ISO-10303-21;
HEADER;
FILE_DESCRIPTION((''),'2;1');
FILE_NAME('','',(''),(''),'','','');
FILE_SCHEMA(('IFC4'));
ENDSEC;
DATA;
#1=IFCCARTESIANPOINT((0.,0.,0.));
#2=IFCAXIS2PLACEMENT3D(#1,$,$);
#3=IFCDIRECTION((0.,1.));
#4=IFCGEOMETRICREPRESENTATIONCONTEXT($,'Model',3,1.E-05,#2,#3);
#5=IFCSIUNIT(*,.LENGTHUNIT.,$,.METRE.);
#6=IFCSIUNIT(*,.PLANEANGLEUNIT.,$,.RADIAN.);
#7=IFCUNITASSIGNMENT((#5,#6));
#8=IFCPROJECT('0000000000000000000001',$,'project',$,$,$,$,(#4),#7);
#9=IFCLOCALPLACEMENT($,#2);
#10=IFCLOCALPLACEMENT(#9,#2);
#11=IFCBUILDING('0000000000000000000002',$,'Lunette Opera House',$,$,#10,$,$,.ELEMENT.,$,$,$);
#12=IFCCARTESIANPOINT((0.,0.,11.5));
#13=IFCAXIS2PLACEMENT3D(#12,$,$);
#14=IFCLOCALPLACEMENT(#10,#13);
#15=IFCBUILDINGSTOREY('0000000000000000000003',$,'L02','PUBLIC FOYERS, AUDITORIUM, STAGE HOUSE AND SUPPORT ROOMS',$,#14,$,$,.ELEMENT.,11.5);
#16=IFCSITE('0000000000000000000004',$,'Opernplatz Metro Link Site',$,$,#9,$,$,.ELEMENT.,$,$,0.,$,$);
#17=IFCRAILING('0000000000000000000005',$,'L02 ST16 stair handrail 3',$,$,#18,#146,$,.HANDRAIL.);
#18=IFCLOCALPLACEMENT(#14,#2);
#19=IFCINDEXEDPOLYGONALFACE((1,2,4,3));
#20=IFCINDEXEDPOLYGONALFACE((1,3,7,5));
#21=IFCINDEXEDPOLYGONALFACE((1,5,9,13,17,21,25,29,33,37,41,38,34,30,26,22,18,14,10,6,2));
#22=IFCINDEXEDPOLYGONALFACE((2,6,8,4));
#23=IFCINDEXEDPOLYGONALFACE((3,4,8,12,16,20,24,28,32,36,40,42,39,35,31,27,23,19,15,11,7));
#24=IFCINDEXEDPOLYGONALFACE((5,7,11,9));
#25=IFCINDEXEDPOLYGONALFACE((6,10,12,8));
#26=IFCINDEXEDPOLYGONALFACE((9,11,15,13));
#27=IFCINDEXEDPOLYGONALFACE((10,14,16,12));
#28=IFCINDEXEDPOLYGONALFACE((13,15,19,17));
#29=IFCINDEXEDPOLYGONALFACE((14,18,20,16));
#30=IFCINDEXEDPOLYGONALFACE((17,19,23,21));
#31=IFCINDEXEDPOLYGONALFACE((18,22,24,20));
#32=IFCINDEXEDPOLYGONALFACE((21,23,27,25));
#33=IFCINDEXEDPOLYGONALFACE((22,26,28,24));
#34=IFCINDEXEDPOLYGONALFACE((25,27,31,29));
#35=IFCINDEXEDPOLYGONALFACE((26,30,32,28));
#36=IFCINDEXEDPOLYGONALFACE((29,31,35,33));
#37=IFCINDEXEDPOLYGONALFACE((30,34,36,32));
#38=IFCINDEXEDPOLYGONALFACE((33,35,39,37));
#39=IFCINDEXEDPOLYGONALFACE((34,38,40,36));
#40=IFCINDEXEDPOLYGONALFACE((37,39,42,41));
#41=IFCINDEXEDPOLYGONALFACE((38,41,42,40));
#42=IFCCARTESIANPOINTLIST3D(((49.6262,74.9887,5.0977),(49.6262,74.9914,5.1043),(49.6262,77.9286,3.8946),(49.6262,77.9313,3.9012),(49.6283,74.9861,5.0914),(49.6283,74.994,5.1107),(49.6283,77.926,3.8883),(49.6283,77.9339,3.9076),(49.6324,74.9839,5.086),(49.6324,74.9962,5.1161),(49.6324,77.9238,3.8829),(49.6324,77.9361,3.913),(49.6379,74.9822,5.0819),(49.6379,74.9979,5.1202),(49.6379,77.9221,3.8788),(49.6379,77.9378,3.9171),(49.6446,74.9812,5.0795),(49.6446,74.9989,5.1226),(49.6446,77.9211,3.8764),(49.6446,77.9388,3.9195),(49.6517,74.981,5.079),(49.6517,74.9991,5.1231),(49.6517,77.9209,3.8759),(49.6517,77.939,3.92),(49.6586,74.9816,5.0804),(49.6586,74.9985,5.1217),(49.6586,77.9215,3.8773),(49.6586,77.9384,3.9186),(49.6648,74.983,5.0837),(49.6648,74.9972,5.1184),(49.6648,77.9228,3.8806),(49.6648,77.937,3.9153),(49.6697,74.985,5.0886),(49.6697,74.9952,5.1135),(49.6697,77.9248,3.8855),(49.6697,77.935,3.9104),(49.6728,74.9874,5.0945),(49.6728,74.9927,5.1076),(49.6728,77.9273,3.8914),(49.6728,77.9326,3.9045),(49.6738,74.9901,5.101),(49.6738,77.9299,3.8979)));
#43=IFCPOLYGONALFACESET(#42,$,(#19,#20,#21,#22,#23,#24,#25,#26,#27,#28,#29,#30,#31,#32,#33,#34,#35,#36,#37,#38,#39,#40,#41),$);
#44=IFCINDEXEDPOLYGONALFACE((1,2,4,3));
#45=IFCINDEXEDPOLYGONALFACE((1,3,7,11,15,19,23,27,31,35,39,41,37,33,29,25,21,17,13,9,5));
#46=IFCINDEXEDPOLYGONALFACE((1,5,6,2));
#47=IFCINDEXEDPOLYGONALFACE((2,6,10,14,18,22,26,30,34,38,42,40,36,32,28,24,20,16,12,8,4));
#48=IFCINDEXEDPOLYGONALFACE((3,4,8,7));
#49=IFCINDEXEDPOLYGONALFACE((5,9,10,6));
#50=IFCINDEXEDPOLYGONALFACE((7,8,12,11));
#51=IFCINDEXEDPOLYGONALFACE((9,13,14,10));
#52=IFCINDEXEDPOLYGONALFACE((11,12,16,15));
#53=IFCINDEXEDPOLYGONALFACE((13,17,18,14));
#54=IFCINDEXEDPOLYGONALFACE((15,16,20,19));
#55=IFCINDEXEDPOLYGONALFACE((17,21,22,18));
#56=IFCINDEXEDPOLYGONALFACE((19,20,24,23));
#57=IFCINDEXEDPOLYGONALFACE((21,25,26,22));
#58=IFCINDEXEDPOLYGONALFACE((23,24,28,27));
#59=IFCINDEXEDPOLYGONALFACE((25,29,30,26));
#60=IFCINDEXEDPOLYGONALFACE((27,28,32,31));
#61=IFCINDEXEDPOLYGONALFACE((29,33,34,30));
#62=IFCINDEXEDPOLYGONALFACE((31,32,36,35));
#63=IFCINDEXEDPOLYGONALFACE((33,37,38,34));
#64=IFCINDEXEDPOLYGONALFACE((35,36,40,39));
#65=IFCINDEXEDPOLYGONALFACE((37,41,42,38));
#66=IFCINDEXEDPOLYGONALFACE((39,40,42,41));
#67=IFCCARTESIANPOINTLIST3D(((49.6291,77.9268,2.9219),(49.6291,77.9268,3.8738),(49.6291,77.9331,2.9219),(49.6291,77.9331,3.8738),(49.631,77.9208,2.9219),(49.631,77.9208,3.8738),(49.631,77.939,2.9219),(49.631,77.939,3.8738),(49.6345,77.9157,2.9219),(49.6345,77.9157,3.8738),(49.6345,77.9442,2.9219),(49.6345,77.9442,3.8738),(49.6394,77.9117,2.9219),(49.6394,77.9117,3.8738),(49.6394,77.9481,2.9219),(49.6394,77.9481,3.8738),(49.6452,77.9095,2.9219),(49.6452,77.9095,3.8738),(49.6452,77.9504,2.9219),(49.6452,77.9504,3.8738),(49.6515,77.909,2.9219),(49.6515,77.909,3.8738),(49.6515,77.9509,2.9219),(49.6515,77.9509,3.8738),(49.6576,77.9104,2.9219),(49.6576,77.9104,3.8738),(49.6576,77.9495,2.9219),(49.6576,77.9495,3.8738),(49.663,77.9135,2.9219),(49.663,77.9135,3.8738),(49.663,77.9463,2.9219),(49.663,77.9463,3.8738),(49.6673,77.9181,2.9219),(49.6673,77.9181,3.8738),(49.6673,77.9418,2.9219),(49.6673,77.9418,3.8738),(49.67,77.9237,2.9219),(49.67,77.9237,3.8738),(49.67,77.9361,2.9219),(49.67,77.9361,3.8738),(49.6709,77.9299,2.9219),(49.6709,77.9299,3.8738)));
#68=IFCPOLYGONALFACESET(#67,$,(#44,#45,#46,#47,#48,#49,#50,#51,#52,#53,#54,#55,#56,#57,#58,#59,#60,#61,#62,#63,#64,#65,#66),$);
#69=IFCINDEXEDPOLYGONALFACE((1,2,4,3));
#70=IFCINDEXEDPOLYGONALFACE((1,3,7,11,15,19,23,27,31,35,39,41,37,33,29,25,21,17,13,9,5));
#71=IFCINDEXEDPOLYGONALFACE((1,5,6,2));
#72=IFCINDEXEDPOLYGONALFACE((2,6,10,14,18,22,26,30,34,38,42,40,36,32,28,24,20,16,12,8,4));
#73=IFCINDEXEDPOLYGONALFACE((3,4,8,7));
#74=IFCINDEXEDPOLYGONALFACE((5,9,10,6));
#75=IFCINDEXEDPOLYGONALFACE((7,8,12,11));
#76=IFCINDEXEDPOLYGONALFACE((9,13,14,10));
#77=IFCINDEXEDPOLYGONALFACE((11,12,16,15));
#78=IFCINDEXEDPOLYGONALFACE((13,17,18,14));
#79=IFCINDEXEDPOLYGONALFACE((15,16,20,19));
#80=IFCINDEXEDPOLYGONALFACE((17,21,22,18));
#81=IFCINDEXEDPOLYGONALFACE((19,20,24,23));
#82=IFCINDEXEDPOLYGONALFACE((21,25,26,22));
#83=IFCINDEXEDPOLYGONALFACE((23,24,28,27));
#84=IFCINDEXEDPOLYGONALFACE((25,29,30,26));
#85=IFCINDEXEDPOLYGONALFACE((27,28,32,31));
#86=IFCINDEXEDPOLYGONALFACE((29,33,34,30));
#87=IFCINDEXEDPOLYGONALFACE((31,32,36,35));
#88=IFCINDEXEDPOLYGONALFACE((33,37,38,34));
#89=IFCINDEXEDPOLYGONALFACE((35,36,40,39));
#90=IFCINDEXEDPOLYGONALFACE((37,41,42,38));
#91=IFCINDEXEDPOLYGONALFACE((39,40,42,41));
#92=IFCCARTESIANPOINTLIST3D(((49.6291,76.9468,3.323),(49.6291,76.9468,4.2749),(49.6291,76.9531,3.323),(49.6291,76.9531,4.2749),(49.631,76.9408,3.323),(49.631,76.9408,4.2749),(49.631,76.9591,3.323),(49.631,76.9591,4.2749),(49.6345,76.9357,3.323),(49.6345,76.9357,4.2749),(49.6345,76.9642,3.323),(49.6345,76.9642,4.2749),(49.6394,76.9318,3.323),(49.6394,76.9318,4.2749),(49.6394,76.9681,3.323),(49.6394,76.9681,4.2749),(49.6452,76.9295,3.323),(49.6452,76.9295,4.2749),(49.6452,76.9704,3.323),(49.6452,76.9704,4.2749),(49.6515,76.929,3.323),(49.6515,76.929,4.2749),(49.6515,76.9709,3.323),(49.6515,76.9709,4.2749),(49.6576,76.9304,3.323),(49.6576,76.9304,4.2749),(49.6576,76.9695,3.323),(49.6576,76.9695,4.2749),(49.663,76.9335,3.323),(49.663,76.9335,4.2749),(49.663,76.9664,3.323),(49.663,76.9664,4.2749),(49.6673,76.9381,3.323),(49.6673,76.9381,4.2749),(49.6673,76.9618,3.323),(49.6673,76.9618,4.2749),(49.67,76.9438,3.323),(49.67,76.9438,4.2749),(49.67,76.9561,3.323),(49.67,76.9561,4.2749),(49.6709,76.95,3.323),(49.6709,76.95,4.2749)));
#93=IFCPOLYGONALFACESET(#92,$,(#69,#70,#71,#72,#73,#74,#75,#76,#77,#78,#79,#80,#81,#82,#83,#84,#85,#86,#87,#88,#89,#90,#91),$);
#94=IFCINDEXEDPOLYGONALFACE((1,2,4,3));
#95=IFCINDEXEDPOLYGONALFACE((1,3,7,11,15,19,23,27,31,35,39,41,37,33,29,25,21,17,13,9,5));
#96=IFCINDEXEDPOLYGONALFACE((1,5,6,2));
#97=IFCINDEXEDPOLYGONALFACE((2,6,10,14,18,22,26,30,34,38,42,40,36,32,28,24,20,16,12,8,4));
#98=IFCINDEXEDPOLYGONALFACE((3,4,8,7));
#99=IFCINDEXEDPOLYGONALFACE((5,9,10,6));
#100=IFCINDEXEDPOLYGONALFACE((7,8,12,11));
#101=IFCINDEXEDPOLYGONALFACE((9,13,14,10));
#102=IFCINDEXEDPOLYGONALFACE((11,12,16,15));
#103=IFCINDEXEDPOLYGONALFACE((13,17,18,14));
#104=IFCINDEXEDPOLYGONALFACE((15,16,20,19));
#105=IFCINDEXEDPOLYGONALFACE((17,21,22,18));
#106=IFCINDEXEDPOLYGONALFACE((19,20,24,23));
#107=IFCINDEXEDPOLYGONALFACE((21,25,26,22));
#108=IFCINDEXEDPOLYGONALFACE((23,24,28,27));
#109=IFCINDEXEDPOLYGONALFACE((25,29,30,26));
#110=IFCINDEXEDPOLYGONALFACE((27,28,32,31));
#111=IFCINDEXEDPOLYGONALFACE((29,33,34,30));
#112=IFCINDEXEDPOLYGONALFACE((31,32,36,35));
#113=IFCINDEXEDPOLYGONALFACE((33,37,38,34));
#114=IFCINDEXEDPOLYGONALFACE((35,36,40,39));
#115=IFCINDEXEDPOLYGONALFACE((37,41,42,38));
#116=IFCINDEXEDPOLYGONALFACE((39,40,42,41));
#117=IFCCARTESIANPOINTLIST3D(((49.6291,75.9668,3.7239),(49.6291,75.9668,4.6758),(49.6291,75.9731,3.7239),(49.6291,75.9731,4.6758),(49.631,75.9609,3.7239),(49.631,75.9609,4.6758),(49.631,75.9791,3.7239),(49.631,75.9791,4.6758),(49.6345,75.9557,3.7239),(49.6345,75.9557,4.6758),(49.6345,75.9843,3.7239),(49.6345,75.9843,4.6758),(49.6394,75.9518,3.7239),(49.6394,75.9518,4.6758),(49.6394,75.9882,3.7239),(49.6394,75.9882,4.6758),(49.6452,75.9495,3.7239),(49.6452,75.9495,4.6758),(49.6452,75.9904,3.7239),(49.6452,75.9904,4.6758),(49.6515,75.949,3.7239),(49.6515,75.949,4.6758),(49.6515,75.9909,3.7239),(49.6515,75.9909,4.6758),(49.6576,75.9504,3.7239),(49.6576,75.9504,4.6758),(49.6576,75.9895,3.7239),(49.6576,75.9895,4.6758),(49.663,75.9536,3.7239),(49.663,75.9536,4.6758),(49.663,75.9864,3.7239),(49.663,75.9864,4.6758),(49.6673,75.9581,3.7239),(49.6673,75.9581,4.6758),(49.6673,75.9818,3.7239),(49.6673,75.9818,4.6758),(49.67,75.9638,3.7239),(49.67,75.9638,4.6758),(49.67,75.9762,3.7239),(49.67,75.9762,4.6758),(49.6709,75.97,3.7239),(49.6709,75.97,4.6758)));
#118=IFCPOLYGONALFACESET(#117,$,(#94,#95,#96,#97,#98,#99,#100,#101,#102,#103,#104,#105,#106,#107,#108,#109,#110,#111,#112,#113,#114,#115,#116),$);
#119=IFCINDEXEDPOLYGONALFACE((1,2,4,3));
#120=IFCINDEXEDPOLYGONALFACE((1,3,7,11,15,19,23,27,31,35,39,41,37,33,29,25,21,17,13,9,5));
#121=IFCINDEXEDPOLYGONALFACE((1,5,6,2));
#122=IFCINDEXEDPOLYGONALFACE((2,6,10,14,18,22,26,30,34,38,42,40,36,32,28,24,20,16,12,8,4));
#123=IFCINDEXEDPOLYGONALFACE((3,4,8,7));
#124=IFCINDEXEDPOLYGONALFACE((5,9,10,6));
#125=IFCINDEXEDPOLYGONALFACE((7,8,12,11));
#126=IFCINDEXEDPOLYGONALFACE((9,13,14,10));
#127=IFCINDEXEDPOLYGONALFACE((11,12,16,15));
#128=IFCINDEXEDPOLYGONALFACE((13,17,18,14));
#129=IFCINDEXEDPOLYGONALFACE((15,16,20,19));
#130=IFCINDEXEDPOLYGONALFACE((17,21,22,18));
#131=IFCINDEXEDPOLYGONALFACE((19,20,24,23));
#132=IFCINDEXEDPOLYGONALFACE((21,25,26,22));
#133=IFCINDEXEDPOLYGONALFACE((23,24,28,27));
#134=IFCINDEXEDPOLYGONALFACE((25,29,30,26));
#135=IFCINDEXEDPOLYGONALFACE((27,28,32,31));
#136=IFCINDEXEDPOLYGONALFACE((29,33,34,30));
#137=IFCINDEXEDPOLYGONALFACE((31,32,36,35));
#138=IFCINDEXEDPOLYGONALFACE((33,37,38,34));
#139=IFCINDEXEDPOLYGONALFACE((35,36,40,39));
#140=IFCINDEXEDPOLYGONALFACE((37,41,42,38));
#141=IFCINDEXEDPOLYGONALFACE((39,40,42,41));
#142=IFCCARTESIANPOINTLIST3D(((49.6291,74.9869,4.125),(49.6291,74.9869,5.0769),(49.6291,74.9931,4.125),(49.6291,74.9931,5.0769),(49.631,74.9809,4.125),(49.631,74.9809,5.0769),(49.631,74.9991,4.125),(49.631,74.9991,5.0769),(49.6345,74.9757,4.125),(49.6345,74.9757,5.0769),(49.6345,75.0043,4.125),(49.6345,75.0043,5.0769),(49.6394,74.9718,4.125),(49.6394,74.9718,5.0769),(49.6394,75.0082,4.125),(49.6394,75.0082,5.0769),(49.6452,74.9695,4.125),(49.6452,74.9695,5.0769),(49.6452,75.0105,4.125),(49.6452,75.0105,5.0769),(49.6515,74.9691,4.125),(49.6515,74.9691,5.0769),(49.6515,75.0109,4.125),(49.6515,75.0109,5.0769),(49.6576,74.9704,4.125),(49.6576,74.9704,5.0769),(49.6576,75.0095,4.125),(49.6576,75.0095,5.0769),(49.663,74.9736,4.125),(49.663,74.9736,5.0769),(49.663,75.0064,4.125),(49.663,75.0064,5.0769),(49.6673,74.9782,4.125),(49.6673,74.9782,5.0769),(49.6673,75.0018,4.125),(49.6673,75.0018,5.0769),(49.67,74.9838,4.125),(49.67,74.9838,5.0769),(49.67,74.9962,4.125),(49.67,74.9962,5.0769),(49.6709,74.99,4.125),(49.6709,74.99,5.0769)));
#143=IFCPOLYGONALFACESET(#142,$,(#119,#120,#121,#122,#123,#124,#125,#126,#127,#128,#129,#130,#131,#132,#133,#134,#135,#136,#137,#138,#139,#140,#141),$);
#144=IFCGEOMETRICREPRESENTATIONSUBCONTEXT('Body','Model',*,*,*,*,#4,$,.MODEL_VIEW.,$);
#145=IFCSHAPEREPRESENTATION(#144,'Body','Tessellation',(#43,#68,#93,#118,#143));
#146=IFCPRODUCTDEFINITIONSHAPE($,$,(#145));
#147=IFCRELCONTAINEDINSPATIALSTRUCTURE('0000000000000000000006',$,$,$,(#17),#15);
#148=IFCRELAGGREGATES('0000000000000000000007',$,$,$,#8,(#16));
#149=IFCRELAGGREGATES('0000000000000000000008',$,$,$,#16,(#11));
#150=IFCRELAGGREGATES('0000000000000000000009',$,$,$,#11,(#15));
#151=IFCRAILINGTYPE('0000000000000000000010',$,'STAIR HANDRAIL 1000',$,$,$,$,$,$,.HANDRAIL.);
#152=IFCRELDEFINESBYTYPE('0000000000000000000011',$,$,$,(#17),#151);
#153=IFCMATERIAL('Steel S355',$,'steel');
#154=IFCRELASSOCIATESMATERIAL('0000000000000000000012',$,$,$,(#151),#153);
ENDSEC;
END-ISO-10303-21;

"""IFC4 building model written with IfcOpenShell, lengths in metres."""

from ifc_helpers import new_model, si_unit, direction, frame, origin, origin_2d, place, context, subcontext, project, spatial, circle, extrude, material, type_object, element, save


model = new_model("IFC4")

# Units and contexts
model_context = context("Model", 3, precision=1e-05, world=origin(), true_north=direction((0.0, 1.0)))
body_context = subcontext(model_context, "Body", "Model", "MODEL_VIEW")
ifc_project = project(units=[si_unit("LENGTHUNIT", "METRE"), si_unit("PLANEANGLEUNIT", "RADIAN")], contexts=[model_context])

# Site, building, storey
site_placement = place(None, origin())
site = spatial("IfcSite", under=ifc_project, at=site_placement, Name="Opernplatz Metro Link Site", CompositionType="ELEMENT", RefElevation=0.0)
building_placement = place(site_placement, origin())
building = spatial("IfcBuilding", under=site, at=building_placement, Name="Lunette Opera House", CompositionType="ELEMENT")
storey_placement = place(building_placement, frame((0.0, 0.0, 11.5)))
storey = spatial("IfcBuildingStorey", under=building, at=storey_placement, Name="L02", Description="PUBLIC FOYERS, AUDITORIUM, STAGE HOUSE AND SUPPORT ROOMS", CompositionType="ELEMENT", Elevation=11.5)

# Railing
ifc_material_1 = material(Name="Steel S355", Category="steel")
railing_type_1 = type_object("IfcRailingType", Name="STAIR HANDRAIL 1000", PredefinedType="HANDRAIL", material=ifc_material_1)
railing_1_placement = place(storey_placement, frame((49.6499, 77.9299, 2.9219)))
element("IfcRailing", 1, at=railing_1_placement, inside=storey, type_object=railing_type_1, Name="L02 ST16 stair handrail 3", PredefinedType="HANDRAIL", context=body_context, shape_type="SweptSolid", body=[
    extrude(circle(Radius=0.0239, at=origin_2d()), frame((0.0, 0.0, 0.9761), z_axis=(0.0, -0.9255, 0.378747), x_axis=(1.0, 0.0, 0.0)), (0.0, 0.0, 1.0), 3.1765),
    extrude(circle(Radius=0.021, at=origin_2d()), origin(), (0.0, 0.0, 1.0), 0.9519),
    extrude(circle(Radius=0.021, at=origin_2d()), frame((0.0, -0.98, 0.4011)), (0.0, 0.0, 1.0), 0.9519),
    extrude(circle(Radius=0.021, at=origin_2d()), frame((0.0, -1.96, 0.802)), (0.0, 0.0, 1.0), 0.9519),
    extrude(circle(Radius=0.021, at=origin_2d()), frame((0.0, -2.9399, 1.2031)), (0.0, 0.0, 1.0), 0.9519),
])

save(model, "model.ifc")
